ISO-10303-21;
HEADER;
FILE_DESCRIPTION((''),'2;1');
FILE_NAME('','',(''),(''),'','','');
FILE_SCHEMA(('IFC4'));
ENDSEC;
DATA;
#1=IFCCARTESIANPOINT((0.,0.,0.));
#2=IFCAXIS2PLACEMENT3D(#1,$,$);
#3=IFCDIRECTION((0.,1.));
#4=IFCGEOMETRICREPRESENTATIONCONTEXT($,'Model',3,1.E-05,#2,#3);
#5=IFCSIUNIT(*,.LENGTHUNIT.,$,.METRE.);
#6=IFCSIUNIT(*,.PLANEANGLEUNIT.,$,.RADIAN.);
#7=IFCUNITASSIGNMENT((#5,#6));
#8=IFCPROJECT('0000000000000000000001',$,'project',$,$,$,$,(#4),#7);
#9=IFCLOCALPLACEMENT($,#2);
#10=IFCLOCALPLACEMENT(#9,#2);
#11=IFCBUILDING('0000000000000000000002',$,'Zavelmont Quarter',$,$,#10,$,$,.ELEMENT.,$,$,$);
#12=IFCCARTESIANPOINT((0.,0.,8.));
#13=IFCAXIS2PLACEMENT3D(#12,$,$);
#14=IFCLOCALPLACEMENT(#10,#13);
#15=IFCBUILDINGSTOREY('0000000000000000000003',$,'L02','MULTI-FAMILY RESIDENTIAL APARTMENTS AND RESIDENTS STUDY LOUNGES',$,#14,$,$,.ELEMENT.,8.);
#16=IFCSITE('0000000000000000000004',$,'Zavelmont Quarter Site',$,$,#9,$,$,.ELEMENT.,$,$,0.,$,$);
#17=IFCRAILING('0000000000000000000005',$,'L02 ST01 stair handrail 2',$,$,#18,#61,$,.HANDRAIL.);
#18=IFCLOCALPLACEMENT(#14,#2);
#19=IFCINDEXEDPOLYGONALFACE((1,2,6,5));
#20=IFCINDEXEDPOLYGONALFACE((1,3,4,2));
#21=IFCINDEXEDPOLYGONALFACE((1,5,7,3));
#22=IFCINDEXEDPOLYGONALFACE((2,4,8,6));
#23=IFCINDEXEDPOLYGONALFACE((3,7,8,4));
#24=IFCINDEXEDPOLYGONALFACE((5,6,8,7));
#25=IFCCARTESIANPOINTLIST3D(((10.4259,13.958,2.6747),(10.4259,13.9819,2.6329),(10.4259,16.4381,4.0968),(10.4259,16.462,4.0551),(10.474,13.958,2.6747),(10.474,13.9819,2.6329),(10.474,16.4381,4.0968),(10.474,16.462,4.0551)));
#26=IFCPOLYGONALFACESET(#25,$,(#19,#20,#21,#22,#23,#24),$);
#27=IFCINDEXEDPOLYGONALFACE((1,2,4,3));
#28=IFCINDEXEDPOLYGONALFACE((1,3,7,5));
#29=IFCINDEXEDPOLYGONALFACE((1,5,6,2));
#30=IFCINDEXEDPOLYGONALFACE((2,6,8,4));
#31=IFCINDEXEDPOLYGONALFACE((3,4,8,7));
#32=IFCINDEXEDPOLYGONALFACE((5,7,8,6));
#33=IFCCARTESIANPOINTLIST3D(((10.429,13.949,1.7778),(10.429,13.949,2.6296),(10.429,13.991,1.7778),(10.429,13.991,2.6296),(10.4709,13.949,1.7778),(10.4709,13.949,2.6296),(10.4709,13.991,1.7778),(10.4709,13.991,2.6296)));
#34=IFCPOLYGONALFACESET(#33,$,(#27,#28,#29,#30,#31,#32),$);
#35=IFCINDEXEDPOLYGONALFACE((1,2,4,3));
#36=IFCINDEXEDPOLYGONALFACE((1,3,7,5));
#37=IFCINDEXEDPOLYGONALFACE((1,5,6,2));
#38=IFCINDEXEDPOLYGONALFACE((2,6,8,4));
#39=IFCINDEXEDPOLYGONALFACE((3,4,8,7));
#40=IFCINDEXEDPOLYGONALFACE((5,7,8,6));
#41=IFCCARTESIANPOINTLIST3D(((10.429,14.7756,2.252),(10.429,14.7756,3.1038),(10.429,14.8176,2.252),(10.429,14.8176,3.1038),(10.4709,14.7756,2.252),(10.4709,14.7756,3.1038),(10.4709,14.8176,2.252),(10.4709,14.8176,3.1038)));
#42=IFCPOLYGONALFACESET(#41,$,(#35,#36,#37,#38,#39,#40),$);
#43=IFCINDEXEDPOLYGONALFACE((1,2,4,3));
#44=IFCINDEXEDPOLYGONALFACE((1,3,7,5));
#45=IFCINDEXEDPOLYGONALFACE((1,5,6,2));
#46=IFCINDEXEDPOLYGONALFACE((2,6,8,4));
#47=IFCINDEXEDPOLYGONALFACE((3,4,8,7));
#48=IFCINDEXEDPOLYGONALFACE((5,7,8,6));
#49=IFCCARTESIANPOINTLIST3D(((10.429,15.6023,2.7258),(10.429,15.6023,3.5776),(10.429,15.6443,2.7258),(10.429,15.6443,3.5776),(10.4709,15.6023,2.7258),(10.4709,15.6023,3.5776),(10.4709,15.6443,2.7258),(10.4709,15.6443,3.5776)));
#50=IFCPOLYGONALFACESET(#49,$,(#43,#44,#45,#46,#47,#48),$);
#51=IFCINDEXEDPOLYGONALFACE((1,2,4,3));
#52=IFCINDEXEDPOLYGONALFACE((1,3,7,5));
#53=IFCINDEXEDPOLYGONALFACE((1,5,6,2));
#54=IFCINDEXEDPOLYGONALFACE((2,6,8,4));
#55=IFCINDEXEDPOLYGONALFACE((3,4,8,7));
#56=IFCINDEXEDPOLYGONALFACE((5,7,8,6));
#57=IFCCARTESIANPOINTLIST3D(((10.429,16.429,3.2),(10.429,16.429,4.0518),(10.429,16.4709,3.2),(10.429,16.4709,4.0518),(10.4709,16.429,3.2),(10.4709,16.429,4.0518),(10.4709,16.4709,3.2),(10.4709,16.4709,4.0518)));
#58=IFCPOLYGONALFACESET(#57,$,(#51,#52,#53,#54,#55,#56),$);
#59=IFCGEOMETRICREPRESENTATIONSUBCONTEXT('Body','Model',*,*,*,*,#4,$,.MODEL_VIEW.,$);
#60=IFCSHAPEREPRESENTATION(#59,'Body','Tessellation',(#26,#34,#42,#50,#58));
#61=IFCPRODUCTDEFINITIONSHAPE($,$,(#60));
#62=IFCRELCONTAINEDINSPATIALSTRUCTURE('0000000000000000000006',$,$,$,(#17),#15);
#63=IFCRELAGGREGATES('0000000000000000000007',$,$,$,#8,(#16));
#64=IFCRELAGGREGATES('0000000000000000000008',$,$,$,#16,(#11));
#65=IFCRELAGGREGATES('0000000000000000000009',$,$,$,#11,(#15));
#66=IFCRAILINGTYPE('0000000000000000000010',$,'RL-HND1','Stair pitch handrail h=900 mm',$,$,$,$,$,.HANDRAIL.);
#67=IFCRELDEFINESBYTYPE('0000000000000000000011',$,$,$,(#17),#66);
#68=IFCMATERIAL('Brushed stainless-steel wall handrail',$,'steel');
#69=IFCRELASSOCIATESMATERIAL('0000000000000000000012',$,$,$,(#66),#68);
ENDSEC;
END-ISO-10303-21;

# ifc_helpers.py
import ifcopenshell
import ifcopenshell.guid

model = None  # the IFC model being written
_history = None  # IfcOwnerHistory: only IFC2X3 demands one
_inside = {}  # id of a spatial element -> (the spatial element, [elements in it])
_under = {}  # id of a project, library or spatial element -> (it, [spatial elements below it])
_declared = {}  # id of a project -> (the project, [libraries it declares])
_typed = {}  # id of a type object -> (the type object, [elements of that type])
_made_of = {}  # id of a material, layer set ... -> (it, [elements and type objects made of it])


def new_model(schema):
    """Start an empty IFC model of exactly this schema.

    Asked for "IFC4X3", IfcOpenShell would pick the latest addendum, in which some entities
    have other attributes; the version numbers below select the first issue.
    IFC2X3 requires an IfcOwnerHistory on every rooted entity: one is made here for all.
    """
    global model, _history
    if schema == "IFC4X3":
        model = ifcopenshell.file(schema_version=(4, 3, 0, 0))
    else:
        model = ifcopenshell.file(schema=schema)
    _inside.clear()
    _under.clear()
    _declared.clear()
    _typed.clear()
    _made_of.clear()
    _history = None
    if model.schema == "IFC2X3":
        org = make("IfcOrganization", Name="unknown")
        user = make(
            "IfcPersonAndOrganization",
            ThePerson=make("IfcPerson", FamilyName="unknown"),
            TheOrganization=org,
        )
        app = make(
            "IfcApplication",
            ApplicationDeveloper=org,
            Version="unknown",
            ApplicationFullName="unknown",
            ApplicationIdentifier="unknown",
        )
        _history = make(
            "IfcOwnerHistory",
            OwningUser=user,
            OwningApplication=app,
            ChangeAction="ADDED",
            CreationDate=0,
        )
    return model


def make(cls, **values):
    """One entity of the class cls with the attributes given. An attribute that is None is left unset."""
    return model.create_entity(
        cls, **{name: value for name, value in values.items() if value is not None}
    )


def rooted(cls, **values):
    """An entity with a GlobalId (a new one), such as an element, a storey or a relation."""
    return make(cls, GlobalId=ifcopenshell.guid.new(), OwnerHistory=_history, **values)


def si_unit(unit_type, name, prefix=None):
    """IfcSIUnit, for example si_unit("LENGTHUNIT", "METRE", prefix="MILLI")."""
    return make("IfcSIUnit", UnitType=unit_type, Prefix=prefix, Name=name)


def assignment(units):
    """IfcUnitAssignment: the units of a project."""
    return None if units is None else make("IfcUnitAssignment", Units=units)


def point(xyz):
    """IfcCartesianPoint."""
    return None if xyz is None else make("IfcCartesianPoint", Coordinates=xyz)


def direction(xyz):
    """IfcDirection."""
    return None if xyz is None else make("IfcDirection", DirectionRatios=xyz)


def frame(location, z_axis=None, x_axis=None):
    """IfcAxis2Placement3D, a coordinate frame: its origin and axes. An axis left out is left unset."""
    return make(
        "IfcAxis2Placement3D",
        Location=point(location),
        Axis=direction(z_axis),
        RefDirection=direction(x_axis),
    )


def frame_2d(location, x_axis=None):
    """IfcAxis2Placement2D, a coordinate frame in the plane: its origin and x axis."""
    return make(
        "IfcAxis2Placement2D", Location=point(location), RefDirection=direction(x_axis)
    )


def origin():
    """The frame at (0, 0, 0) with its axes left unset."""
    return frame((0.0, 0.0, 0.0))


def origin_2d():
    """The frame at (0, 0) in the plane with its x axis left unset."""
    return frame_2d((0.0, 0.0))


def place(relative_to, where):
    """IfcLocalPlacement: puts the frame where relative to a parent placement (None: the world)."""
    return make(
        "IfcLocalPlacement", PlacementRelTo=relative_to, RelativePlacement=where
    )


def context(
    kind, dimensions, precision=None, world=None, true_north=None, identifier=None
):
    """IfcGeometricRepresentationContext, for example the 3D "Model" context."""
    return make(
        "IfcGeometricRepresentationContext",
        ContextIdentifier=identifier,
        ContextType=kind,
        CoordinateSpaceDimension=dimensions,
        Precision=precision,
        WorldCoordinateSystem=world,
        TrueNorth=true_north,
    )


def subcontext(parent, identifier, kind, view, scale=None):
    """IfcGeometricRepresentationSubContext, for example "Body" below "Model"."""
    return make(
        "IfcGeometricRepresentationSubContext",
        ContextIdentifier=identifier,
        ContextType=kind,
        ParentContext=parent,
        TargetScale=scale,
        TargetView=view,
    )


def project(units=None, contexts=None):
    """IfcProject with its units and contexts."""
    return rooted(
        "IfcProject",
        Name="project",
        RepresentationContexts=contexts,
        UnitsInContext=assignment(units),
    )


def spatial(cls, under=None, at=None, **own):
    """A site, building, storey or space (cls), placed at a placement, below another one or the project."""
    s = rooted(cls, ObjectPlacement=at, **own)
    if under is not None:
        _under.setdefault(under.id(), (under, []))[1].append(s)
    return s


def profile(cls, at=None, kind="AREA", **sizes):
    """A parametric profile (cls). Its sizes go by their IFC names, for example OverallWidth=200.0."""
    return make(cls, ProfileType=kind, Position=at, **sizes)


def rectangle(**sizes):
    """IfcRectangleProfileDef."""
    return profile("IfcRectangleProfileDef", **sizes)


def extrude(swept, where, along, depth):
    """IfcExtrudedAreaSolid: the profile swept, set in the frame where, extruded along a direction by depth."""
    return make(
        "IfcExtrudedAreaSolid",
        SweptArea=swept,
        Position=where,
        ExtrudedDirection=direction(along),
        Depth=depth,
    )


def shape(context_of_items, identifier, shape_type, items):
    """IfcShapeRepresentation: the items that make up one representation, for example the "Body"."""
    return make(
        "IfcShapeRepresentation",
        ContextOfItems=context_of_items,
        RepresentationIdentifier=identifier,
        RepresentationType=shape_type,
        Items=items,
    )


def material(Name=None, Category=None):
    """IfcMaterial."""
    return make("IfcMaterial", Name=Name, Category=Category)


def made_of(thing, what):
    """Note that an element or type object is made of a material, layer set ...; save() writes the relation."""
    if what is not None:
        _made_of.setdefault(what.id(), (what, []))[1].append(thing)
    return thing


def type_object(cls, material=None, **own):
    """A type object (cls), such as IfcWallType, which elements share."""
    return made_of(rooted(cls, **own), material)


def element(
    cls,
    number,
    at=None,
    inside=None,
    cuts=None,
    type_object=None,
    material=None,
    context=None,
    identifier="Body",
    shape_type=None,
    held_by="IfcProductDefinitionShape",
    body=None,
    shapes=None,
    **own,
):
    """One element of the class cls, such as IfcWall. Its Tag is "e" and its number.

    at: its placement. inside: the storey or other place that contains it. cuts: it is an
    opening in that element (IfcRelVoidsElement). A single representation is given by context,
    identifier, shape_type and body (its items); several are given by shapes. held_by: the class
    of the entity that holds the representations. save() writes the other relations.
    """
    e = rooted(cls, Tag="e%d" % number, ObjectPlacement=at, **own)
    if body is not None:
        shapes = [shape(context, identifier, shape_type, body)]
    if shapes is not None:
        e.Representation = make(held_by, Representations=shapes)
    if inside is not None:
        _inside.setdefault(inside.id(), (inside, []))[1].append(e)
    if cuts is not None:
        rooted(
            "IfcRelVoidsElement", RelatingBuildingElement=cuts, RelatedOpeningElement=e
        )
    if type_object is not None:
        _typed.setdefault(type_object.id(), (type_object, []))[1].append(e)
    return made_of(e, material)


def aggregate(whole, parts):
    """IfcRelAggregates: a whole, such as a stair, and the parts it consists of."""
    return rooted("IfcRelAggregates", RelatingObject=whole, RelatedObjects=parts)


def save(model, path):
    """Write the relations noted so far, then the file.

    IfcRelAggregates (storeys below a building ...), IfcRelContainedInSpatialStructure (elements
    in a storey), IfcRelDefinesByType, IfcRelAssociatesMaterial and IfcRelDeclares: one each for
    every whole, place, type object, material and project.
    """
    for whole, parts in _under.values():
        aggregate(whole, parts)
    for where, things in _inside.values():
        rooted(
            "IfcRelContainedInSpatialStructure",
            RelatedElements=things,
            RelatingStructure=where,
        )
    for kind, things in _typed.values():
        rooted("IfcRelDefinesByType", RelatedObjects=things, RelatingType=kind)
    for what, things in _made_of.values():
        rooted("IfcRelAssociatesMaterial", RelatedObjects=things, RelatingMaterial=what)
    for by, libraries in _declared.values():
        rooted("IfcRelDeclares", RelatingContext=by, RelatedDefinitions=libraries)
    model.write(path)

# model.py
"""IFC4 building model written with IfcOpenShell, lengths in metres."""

from ifc_helpers import new_model, si_unit, direction, frame, origin, origin_2d, place, context, subcontext, project, spatial, rectangle, extrude, material, type_object, element, save


model = new_model("IFC4")

# Units and contexts
model_context = context("Model", 3, precision=1e-05, world=origin(), true_north=direction((0.0, 1.0)))
body_context = subcontext(model_context, "Body", "Model", "MODEL_VIEW")
ifc_project = project(units=[si_unit("LENGTHUNIT", "METRE"), si_unit("PLANEANGLEUNIT", "RADIAN")], contexts=[model_context])

# Site, building, storey
site_placement = place(None, origin())
site = spatial("IfcSite", under=ifc_project, at=site_placement, Name="Zavelmont Quarter Site", CompositionType="ELEMENT", RefElevation=0.0)
building_placement = place(site_placement, origin())
building = spatial("IfcBuilding", under=site, at=building_placement, Name="Zavelmont Quarter", CompositionType="ELEMENT")
storey_placement = place(building_placement, frame((0.0, 0.0, 8.0)))
storey = spatial("IfcBuildingStorey", under=building, at=storey_placement, Name="L02", Description="MULTI-FAMILY RESIDENTIAL APARTMENTS AND RESIDENTS STUDY LOUNGES", CompositionType="ELEMENT", Elevation=8.0)

# Railing
ifc_material_1 = material(Name="Brushed stainless-steel wall handrail", Category="steel")
railing_type_1 = type_object("IfcRailingType", Name="RL-HND1", Description="Stair pitch handrail h=900 mm", PredefinedType="HANDRAIL", material=ifc_material_1)
railing_1_placement = place(storey_placement, frame((10.45, 13.97, 1.7778)))
element("IfcRailing", 1, at=railing_1_placement, inside=storey, type_object=railing_type_1, Name="L02 ST01 stair handrail 2", PredefinedType="HANDRAIL", context=body_context, shape_type="SweptSolid", body=[
    extrude(rectangle(XDim=0.0481, YDim=0.0481, at=origin_2d()), frame((0.0, 0.0, 0.876), z_axis=(0.0, 0.867491, 0.497454), x_axis=(-1.0, 0.0, 0.0)), (0.0, 0.0, 1.0), 2.8589),
    extrude(rectangle(XDim=0.042, YDim=0.042, at=origin_2d()), origin(), (0.0, 0.0, 1.0), 0.8518),
    extrude(rectangle(XDim=0.042, YDim=0.042, at=origin_2d()), frame((0.0, 0.8267, 0.4741)), (0.0, 0.0, 1.0), 0.8518),
    extrude(rectangle(XDim=0.042, YDim=0.042, at=origin_2d()), frame((0.0, 1.6533, 0.948)), (0.0, 0.0, 1.0), 0.8518),
    extrude(rectangle(XDim=0.042, YDim=0.042, at=origin_2d()), frame((0.0, 2.48, 1.4221)), (0.0, 0.0, 1.0), 0.8518),
])

save(model, "model.ifc")
